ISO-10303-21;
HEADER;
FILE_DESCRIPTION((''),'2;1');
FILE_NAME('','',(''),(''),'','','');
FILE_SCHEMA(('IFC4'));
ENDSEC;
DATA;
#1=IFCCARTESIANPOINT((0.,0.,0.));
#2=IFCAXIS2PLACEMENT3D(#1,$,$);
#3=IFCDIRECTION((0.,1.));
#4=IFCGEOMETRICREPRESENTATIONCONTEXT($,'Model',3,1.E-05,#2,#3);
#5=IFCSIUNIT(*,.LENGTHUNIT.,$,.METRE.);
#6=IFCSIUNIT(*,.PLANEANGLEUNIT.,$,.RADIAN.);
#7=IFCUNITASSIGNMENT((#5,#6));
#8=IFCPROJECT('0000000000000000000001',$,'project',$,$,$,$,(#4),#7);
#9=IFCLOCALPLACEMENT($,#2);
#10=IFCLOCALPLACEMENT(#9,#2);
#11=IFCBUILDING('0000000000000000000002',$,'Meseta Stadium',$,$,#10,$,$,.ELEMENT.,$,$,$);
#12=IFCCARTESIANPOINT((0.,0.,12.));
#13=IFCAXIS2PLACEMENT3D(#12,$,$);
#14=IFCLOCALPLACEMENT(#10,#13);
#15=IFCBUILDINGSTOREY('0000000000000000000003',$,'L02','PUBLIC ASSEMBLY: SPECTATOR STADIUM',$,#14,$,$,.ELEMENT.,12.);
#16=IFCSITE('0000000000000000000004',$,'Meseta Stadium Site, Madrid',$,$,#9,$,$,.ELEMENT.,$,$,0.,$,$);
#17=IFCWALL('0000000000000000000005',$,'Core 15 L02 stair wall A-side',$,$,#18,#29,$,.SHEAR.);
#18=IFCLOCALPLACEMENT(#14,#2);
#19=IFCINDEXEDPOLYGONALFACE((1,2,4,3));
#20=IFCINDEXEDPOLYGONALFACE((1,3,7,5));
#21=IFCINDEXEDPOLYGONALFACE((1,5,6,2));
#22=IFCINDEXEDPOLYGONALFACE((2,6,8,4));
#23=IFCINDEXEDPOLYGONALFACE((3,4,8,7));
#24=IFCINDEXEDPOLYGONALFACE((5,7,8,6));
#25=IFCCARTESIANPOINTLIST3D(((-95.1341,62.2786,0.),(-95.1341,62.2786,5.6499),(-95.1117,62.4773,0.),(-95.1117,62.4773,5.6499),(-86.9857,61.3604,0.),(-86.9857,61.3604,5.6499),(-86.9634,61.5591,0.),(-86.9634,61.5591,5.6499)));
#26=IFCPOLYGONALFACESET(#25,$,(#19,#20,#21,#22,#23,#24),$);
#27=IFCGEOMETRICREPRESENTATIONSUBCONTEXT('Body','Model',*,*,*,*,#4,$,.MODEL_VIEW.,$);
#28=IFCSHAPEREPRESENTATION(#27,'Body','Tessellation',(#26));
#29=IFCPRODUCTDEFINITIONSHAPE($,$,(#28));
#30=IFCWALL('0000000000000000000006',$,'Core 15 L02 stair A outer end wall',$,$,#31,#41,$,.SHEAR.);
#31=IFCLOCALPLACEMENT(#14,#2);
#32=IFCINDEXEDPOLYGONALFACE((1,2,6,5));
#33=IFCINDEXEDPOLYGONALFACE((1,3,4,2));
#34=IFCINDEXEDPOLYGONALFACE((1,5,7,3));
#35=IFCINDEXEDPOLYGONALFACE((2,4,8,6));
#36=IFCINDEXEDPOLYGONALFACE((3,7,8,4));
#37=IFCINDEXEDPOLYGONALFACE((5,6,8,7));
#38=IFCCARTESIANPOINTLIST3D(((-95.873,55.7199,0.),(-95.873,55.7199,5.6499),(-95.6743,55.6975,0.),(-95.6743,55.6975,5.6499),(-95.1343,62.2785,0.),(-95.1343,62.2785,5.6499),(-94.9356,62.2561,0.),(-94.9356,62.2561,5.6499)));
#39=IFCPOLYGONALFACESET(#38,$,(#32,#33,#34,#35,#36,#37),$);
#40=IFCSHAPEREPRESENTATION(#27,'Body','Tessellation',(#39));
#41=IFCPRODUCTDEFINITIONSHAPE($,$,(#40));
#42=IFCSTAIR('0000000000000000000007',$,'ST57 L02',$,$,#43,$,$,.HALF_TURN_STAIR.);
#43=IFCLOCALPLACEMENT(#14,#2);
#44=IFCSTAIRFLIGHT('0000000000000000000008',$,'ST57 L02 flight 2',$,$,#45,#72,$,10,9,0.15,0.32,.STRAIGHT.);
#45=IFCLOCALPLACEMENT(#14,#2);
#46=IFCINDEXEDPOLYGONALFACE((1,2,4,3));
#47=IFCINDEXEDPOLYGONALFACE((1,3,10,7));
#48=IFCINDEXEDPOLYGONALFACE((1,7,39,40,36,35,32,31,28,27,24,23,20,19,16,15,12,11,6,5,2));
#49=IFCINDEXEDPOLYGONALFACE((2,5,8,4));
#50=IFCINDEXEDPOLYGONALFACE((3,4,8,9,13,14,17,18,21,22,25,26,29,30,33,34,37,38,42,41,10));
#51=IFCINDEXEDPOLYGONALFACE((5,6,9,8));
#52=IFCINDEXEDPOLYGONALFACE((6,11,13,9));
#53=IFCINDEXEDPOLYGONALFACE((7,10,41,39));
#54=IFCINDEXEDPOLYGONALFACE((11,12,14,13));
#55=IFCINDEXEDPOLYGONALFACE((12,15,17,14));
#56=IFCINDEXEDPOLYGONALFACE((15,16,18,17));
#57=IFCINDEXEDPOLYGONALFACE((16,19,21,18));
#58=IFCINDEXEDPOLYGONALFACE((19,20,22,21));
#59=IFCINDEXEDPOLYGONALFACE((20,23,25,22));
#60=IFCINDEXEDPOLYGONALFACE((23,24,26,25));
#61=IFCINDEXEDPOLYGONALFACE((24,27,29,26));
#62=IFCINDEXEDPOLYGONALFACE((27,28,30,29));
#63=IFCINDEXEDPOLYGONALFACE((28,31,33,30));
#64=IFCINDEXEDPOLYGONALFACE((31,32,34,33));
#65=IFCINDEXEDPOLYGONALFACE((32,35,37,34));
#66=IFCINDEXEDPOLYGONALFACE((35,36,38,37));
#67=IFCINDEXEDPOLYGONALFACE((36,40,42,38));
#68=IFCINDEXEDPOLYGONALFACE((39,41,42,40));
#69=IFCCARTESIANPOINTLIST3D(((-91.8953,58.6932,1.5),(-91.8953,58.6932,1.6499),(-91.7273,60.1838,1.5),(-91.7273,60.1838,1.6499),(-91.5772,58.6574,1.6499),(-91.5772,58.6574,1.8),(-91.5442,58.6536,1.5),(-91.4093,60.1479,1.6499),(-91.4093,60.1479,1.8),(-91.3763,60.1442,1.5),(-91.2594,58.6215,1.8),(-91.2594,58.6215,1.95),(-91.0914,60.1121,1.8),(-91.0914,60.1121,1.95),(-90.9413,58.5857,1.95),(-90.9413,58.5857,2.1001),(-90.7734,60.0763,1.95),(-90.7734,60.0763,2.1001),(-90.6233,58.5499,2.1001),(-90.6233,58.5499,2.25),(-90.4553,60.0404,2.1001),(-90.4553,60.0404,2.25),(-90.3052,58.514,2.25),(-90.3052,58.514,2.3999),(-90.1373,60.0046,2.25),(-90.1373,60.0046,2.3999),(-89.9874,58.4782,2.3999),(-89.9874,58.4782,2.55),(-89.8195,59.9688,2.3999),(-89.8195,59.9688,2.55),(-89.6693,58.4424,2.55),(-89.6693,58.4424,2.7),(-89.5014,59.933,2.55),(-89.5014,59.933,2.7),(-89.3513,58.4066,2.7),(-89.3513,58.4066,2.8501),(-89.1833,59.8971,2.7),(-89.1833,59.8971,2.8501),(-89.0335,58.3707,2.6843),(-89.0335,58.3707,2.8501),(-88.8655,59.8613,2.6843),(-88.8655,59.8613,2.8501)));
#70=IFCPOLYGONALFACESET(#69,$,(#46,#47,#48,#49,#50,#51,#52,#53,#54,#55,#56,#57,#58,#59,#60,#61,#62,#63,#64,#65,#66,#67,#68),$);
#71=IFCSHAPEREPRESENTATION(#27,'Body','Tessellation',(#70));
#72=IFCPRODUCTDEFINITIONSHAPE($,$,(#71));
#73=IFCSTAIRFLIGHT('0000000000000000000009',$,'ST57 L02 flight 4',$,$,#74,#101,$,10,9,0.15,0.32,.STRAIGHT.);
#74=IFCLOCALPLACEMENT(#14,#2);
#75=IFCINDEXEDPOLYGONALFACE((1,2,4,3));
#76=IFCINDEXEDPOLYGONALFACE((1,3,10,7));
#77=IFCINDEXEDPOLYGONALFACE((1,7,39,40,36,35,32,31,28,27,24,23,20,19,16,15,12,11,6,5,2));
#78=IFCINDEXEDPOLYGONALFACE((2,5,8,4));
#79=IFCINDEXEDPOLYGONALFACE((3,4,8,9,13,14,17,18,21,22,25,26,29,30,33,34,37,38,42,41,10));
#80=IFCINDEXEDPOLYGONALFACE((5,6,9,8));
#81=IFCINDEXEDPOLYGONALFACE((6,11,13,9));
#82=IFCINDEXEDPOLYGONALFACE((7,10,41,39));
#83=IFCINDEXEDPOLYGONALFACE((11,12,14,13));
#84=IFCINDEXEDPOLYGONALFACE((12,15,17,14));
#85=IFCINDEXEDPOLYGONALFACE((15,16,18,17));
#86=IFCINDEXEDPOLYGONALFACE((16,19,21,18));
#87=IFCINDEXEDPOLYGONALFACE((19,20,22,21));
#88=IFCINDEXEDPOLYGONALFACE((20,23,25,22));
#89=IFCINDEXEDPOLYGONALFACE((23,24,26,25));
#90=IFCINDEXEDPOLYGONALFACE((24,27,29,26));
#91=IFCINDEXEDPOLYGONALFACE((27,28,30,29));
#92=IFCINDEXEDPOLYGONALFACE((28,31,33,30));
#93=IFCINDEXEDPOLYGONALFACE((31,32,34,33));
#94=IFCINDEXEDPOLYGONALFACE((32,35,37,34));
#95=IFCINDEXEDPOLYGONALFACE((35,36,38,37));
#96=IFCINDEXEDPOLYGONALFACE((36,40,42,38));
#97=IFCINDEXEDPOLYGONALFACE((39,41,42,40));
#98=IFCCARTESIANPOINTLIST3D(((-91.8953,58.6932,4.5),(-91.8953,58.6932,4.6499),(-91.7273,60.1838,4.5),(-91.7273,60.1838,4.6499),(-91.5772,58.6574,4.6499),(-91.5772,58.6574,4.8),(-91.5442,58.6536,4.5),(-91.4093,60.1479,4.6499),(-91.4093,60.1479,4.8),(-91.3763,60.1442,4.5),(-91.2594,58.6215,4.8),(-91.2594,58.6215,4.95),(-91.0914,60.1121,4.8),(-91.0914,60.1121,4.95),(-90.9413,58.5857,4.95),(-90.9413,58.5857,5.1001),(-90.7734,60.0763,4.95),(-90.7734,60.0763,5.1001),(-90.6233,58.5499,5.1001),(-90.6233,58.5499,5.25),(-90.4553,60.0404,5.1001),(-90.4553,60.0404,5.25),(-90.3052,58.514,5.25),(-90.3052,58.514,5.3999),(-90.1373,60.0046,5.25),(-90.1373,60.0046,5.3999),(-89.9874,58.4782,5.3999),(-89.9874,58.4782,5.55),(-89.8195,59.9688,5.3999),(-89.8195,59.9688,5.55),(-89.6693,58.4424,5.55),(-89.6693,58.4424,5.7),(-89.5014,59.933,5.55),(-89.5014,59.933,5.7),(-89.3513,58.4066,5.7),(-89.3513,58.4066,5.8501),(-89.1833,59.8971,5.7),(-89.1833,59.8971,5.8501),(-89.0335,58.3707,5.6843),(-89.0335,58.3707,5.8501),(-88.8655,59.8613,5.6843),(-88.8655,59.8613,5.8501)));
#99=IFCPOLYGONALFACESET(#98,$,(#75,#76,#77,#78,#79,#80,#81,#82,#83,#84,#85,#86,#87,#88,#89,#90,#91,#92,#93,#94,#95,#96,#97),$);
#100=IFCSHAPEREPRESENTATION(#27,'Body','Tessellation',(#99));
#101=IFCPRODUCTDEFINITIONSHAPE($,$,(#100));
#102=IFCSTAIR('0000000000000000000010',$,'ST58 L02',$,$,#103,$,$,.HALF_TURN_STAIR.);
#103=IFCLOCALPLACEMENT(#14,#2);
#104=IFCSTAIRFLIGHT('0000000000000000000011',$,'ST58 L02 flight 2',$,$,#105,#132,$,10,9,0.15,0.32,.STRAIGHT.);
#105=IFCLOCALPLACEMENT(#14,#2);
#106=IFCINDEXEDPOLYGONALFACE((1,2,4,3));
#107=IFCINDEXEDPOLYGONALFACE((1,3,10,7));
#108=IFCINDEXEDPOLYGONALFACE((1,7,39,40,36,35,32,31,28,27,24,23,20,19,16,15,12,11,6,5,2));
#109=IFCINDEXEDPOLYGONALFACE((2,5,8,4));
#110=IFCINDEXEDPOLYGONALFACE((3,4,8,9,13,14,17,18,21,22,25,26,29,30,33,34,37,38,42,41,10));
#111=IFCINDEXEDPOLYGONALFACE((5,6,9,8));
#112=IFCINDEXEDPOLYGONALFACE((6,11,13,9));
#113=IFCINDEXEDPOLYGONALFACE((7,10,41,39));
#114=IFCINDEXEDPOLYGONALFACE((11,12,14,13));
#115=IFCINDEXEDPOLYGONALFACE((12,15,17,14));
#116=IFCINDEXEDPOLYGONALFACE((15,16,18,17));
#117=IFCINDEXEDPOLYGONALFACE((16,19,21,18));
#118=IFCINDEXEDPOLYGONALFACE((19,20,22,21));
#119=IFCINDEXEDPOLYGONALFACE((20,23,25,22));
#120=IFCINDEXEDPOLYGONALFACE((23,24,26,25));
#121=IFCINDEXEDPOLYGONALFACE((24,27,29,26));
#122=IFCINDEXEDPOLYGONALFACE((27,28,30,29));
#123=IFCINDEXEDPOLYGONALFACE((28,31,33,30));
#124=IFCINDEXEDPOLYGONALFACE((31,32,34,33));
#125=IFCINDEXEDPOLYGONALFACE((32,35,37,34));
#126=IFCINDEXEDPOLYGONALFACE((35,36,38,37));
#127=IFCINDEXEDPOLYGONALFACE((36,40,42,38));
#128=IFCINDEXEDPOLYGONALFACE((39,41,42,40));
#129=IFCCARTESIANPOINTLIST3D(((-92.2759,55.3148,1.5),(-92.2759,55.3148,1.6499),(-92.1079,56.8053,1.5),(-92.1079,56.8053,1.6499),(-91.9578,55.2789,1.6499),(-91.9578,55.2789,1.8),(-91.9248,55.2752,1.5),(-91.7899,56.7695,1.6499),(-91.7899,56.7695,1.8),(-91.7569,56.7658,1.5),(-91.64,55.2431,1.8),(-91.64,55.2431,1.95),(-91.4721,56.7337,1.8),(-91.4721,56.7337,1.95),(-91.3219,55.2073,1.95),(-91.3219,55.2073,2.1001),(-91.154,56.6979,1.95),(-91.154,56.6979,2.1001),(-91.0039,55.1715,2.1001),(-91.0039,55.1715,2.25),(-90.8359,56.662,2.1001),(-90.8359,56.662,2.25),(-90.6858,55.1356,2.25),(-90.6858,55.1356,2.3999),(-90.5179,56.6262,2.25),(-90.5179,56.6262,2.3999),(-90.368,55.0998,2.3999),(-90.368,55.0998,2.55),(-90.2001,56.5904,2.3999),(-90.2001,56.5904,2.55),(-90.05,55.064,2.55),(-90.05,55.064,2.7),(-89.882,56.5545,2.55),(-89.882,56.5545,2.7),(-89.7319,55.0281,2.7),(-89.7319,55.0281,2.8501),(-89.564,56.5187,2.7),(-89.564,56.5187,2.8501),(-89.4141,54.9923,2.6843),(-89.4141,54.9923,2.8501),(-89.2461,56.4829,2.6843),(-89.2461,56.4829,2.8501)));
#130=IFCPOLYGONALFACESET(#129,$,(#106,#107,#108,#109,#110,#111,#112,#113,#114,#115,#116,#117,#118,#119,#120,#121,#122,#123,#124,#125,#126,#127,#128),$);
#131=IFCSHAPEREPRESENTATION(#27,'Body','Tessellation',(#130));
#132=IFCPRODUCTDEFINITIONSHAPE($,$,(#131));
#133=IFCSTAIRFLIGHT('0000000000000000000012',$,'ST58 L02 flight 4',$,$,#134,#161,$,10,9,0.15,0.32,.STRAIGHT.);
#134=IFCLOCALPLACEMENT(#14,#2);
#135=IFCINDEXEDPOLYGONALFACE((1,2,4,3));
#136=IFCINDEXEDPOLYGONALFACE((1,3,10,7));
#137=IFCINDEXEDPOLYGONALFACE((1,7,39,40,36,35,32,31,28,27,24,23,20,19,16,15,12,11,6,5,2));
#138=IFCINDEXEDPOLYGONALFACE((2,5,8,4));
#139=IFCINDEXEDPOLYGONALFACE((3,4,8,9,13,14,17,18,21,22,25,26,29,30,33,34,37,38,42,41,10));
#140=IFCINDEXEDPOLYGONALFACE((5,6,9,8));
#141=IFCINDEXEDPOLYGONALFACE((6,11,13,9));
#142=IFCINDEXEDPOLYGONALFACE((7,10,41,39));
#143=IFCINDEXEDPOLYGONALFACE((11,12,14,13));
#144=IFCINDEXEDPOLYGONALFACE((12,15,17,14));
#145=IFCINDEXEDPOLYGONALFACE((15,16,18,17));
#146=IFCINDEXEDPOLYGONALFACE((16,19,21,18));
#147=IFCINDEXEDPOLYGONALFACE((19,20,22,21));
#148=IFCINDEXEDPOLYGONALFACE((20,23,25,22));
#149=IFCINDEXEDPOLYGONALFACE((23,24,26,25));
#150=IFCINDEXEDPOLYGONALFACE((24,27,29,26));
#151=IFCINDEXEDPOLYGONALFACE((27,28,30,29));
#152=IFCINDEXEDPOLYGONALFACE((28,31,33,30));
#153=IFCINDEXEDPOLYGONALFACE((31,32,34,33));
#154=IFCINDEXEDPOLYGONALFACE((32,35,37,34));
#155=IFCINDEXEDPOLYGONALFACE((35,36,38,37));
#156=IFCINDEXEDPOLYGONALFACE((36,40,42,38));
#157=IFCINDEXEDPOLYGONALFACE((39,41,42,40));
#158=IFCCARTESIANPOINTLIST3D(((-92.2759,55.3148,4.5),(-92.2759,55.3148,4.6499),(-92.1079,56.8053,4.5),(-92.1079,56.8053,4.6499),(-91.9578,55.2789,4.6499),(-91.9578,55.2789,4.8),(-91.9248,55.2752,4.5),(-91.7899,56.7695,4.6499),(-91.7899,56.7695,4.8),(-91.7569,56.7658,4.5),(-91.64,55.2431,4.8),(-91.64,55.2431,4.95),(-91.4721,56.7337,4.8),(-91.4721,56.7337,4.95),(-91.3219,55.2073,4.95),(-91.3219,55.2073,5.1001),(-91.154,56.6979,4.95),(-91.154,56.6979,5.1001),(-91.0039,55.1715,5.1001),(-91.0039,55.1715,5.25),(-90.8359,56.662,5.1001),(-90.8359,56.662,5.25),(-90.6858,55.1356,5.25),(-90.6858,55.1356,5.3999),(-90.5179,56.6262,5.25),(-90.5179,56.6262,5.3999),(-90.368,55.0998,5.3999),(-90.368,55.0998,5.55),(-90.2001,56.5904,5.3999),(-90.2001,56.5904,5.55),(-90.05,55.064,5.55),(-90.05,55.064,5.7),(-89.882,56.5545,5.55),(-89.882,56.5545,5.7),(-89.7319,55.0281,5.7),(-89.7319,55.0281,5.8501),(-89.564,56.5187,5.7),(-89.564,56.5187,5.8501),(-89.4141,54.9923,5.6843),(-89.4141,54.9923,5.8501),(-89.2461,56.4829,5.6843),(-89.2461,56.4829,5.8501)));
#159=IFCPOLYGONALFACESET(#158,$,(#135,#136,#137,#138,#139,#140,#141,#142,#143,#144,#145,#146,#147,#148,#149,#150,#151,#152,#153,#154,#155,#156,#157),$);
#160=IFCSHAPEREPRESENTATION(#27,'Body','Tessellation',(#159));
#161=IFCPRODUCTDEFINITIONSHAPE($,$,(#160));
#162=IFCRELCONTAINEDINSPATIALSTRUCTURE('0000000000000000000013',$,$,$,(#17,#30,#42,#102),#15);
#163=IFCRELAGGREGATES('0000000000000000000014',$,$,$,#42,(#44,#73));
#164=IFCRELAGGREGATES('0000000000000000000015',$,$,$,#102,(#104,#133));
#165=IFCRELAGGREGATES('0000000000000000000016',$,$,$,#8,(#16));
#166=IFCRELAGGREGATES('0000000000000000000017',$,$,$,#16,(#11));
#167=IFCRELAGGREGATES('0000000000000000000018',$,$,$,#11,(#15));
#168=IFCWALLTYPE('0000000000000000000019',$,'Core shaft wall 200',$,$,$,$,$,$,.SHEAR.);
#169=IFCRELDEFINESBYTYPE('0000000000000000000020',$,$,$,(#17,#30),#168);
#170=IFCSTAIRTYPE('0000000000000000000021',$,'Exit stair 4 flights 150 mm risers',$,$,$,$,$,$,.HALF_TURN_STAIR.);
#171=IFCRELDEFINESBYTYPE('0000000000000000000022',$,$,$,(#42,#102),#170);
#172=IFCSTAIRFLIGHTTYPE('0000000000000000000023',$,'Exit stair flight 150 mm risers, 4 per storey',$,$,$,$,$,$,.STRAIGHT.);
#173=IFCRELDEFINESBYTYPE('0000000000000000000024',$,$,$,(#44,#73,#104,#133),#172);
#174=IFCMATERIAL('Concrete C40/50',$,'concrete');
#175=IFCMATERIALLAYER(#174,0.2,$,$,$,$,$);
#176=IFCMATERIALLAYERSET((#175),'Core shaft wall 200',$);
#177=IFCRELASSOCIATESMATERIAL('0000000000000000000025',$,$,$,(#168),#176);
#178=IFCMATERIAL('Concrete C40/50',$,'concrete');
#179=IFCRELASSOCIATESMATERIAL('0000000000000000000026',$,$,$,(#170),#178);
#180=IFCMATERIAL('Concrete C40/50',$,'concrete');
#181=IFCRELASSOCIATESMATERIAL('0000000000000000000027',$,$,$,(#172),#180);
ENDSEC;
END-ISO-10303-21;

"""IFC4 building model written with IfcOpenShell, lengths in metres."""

from ifc_helpers import new_model, si_unit, direction, frame, frame_2d, origin, place, context, subcontext, project, spatial, polyline, rectangle, outline, extrude, material, layer, layer_set, type_object, element, aggregate, save


model = new_model("IFC4")

# Units and contexts
model_context = context("Model", 3, precision=1e-05, world=origin(), true_north=direction((0.0, 1.0)))
body_context = subcontext(model_context, "Body", "Model", "MODEL_VIEW")
ifc_project = project(units=[si_unit("LENGTHUNIT", "METRE"), si_unit("PLANEANGLEUNIT", "RADIAN")], contexts=[model_context])

# Site, building, storey
site_placement = place(None, origin())
site = spatial("IfcSite", under=ifc_project, at=site_placement, Name="Meseta Stadium Site, Madrid", CompositionType="ELEMENT", RefElevation=0.0)
building_placement = place(site_placement, origin())
building = spatial("IfcBuilding", under=site, at=building_placement, Name="Meseta Stadium", CompositionType="ELEMENT")
storey_placement = place(building_placement, frame((0.0, 0.0, 12.0)))
storey = spatial("IfcBuildingStorey", under=building, at=storey_placement, Name="L02", Description="PUBLIC ASSEMBLY: SPECTATOR STADIUM", CompositionType="ELEMENT", Elevation=12.0)

# Walls
ifc_material_1 = material(Name="Concrete C40/50", Category="concrete")
ifc_layer = layer(ifc_material_1, 0.2)
ifc_layer_set = layer_set([ifc_layer], Name="Core shaft wall 200")
wall_type = type_object("IfcWallType", Name="Core shaft wall 200", PredefinedType="SHEAR", material=ifc_layer_set)
wall_1_placement = place(storey_placement, frame((-95.123, 62.3779, 0.0), z_axis=(0.0, 0.0, 1.0), x_axis=(0.993711, -0.111977, 0.0)))
element("IfcWall", 1, at=wall_1_placement, inside=storey, type_object=wall_type, Name="Core 15 L02 stair wall A-side", PredefinedType="SHEAR", context=body_context, shape_type="SweptSolid", body=[
    extrude(rectangle(XDim=8.2, YDim=0.2, at=frame_2d((4.1001, 0.0))), origin(), (0.0, 0.0, 1.0), 5.6499),
])
wall_2_placement = place(storey_placement, frame((-95.0349, 62.2673, 0.0), z_axis=(0.0, 0.0, 1.0), x_axis=(-0.111934, -0.993716, 0.0)))
element("IfcWall", 2, at=wall_2_placement, inside=storey, type_object=wall_type, Name="Core 15 L02 stair A outer end wall", PredefinedType="SHEAR", context=body_context, shape_type="SweptSolid", body=[
    extrude(rectangle(XDim=6.6001, YDim=0.2, at=frame_2d((3.3, 0.0))), origin(), (0.0, 0.0, 1.0), 5.6499),
])

# Stairs, stair flights
ifc_material_2 = material(Name="Concrete C40/50", Category="concrete")
stair_type = type_object("IfcStairType", Name="Exit stair 4 flights 150 mm risers", PredefinedType="HALF_TURN_STAIR", material=ifc_material_2)
stair_1_placement = place(storey_placement, origin())
stair_1 = element("IfcStair", 3, at=stair_1_placement, inside=storey, type_object=stair_type, Name="ST57 L02", PredefinedType="HALF_TURN_STAIR")
ifc_material_3 = material(Name="Concrete C40/50", Category="concrete")
stair_flight_type = type_object("IfcStairFlightType", Name="Exit stair flight 150 mm risers, 4 per storey", PredefinedType="STRAIGHT", material=ifc_material_3)
stair_flight_1_placement = place(storey_placement, frame((-91.8113, 59.4385, 1.5), z_axis=(0.0, 0.0, 1.0), x_axis=(0.993712, -0.111964, 0.0)))
stair_flight_1 = element("IfcStairFlight", 4, at=stair_flight_1_placement, type_object=stair_flight_type, Name="ST57 L02 flight 2", NumberOfRisers=10, NumberOfTreads=9, PredefinedType="STRAIGHT", RiserHeight=0.15, TreadLength=0.32, context=body_context, shape_type="SweptSolid", body=[
    extrude(outline(polyline([(0.0, 0.0), (0.0, 0.1499), (0.3201, 0.1499), (0.3201, 0.3), (0.6399, 0.3), (0.6399, 0.45), (0.96, 0.45), (0.96, 0.6001), (1.28, 0.6001), (1.28, 0.75), (1.6001, 0.75), (1.6001, 0.8999), (1.9199, 0.8999), (1.9199, 1.05), (2.24, 1.05), (2.24, 1.2), (2.5601, 1.2), (2.5601, 1.3501), (2.8799, 1.3501), (2.8799, 1.1843), (0.3533, 0.0), (0.0, 0.0)])), frame((0.0, 0.75, 0.0), z_axis=(0.0, -1.0, 0.0), x_axis=(1.0, 0.0, 0.0)), (0.0, 0.0, 1.0), 1.5),
])
stair_flight_2_placement = place(storey_placement, frame((-91.8113, 59.4385, 4.5), z_axis=(0.0, 0.0, 1.0), x_axis=(0.993712, -0.111964, 0.0)))
stair_flight_2 = element("IfcStairFlight", 5, at=stair_flight_2_placement, type_object=stair_flight_type, Name="ST57 L02 flight 4", NumberOfRisers=10, NumberOfTreads=9, PredefinedType="STRAIGHT", RiserHeight=0.15, TreadLength=0.32, context=body_context, shape_type="SweptSolid", body=[
    extrude(outline(polyline([(0.0, 0.0), (0.0, 0.1499), (0.3201, 0.1499), (0.3201, 0.3), (0.6399, 0.3), (0.6399, 0.45), (0.96, 0.45), (0.96, 0.6001), (1.28, 0.6001), (1.28, 0.75), (1.6001, 0.75), (1.6001, 0.8999), (1.9199, 0.8999), (1.9199, 1.05), (2.24, 1.05), (2.24, 1.2), (2.5601, 1.2), (2.5601, 1.3501), (2.8799, 1.3501), (2.8799, 1.1843), (0.3533, 0.0), (0.0, 0.0)])), frame((0.0, 0.75, 0.0), z_axis=(0.0, -1.0, 0.0), x_axis=(1.0, 0.0, 0.0)), (0.0, 0.0, 1.0), 1.5),
])
aggregate(stair_1, [stair_flight_1, stair_flight_2])
stair_2_placement = place(storey_placement, origin())
stair_2 = element("IfcStair", 6, at=stair_2_placement, inside=storey, type_object=stair_type, Name="ST58 L02", PredefinedType="HALF_TURN_STAIR")
stair_flight_3_placement = place(storey_placement, frame((-92.1919, 56.0601, 1.5), z_axis=(0.0, 0.0, 1.0), x_axis=(0.993712, -0.111964, 0.0)))
stair_flight_3 = element("IfcStairFlight", 7, at=stair_flight_3_placement, type_object=stair_flight_type, Name="ST58 L02 flight 2", NumberOfRisers=10, NumberOfTreads=9, PredefinedType="STRAIGHT", RiserHeight=0.15, TreadLength=0.32, context=body_context, shape_type="SweptSolid", body=[
    extrude(outline(polyline([(0.0, 0.0), (0.0, 0.1499), (0.3201, 0.1499), (0.3201, 0.3), (0.6399, 0.3), (0.6399, 0.45), (0.96, 0.45), (0.96, 0.6001), (1.28, 0.6001), (1.28, 0.75), (1.6001, 0.75), (1.6001, 0.8999), (1.9199, 0.8999), (1.9199, 1.05), (2.24, 1.05), (2.24, 1.2), (2.5601, 1.2), (2.5601, 1.3501), (2.8799, 1.3501), (2.8799, 1.1843), (0.3533, 0.0), (0.0, 0.0)])), frame((0.0, 0.75, 0.0), z_axis=(0.0, -1.0, 0.0), x_axis=(1.0, 0.0, 0.0)), (0.0, 0.0, 1.0), 1.5),
])
stair_flight_4_placement = place(storey_placement, frame((-92.1919, 56.0601, 4.5), z_axis=(0.0, 0.0, 1.0), x_axis=(0.993712, -0.111964, 0.0)))
stair_flight_4 = element("IfcStairFlight", 8, at=stair_flight_4_placement, type_object=stair_flight_type, Name="ST58 L02 flight 4", NumberOfRisers=10, NumberOfTreads=9, PredefinedType="STRAIGHT", RiserHeight=0.15, TreadLength=0.32, context=body_context, shape_type="SweptSolid", body=[
    extrude(outline(polyline([(0.0, 0.0), (0.0, 0.1499), (0.3201, 0.1499), (0.3201, 0.3), (0.6399, 0.3), (0.6399, 0.45), (0.96, 0.45), (0.96, 0.6001), (1.28, 0.6001), (1.28, 0.75), (1.6001, 0.75), (1.6001, 0.8999), (1.9199, 0.8999), (1.9199, 1.05), (2.24, 1.05), (2.24, 1.2), (2.5601, 1.2), (2.5601, 1.3501), (2.8799, 1.3501), (2.8799, 1.1843), (0.3533, 0.0), (0.0, 0.0)])), frame((0.0, 0.75, 0.0), z_axis=(0.0, -1.0, 0.0), x_axis=(1.0, 0.0, 0.0)), (0.0, 0.0, 1.0), 1.5),
])
aggregate(stair_2, [stair_flight_3, stair_flight_4])

save(model, "model.ifc")
